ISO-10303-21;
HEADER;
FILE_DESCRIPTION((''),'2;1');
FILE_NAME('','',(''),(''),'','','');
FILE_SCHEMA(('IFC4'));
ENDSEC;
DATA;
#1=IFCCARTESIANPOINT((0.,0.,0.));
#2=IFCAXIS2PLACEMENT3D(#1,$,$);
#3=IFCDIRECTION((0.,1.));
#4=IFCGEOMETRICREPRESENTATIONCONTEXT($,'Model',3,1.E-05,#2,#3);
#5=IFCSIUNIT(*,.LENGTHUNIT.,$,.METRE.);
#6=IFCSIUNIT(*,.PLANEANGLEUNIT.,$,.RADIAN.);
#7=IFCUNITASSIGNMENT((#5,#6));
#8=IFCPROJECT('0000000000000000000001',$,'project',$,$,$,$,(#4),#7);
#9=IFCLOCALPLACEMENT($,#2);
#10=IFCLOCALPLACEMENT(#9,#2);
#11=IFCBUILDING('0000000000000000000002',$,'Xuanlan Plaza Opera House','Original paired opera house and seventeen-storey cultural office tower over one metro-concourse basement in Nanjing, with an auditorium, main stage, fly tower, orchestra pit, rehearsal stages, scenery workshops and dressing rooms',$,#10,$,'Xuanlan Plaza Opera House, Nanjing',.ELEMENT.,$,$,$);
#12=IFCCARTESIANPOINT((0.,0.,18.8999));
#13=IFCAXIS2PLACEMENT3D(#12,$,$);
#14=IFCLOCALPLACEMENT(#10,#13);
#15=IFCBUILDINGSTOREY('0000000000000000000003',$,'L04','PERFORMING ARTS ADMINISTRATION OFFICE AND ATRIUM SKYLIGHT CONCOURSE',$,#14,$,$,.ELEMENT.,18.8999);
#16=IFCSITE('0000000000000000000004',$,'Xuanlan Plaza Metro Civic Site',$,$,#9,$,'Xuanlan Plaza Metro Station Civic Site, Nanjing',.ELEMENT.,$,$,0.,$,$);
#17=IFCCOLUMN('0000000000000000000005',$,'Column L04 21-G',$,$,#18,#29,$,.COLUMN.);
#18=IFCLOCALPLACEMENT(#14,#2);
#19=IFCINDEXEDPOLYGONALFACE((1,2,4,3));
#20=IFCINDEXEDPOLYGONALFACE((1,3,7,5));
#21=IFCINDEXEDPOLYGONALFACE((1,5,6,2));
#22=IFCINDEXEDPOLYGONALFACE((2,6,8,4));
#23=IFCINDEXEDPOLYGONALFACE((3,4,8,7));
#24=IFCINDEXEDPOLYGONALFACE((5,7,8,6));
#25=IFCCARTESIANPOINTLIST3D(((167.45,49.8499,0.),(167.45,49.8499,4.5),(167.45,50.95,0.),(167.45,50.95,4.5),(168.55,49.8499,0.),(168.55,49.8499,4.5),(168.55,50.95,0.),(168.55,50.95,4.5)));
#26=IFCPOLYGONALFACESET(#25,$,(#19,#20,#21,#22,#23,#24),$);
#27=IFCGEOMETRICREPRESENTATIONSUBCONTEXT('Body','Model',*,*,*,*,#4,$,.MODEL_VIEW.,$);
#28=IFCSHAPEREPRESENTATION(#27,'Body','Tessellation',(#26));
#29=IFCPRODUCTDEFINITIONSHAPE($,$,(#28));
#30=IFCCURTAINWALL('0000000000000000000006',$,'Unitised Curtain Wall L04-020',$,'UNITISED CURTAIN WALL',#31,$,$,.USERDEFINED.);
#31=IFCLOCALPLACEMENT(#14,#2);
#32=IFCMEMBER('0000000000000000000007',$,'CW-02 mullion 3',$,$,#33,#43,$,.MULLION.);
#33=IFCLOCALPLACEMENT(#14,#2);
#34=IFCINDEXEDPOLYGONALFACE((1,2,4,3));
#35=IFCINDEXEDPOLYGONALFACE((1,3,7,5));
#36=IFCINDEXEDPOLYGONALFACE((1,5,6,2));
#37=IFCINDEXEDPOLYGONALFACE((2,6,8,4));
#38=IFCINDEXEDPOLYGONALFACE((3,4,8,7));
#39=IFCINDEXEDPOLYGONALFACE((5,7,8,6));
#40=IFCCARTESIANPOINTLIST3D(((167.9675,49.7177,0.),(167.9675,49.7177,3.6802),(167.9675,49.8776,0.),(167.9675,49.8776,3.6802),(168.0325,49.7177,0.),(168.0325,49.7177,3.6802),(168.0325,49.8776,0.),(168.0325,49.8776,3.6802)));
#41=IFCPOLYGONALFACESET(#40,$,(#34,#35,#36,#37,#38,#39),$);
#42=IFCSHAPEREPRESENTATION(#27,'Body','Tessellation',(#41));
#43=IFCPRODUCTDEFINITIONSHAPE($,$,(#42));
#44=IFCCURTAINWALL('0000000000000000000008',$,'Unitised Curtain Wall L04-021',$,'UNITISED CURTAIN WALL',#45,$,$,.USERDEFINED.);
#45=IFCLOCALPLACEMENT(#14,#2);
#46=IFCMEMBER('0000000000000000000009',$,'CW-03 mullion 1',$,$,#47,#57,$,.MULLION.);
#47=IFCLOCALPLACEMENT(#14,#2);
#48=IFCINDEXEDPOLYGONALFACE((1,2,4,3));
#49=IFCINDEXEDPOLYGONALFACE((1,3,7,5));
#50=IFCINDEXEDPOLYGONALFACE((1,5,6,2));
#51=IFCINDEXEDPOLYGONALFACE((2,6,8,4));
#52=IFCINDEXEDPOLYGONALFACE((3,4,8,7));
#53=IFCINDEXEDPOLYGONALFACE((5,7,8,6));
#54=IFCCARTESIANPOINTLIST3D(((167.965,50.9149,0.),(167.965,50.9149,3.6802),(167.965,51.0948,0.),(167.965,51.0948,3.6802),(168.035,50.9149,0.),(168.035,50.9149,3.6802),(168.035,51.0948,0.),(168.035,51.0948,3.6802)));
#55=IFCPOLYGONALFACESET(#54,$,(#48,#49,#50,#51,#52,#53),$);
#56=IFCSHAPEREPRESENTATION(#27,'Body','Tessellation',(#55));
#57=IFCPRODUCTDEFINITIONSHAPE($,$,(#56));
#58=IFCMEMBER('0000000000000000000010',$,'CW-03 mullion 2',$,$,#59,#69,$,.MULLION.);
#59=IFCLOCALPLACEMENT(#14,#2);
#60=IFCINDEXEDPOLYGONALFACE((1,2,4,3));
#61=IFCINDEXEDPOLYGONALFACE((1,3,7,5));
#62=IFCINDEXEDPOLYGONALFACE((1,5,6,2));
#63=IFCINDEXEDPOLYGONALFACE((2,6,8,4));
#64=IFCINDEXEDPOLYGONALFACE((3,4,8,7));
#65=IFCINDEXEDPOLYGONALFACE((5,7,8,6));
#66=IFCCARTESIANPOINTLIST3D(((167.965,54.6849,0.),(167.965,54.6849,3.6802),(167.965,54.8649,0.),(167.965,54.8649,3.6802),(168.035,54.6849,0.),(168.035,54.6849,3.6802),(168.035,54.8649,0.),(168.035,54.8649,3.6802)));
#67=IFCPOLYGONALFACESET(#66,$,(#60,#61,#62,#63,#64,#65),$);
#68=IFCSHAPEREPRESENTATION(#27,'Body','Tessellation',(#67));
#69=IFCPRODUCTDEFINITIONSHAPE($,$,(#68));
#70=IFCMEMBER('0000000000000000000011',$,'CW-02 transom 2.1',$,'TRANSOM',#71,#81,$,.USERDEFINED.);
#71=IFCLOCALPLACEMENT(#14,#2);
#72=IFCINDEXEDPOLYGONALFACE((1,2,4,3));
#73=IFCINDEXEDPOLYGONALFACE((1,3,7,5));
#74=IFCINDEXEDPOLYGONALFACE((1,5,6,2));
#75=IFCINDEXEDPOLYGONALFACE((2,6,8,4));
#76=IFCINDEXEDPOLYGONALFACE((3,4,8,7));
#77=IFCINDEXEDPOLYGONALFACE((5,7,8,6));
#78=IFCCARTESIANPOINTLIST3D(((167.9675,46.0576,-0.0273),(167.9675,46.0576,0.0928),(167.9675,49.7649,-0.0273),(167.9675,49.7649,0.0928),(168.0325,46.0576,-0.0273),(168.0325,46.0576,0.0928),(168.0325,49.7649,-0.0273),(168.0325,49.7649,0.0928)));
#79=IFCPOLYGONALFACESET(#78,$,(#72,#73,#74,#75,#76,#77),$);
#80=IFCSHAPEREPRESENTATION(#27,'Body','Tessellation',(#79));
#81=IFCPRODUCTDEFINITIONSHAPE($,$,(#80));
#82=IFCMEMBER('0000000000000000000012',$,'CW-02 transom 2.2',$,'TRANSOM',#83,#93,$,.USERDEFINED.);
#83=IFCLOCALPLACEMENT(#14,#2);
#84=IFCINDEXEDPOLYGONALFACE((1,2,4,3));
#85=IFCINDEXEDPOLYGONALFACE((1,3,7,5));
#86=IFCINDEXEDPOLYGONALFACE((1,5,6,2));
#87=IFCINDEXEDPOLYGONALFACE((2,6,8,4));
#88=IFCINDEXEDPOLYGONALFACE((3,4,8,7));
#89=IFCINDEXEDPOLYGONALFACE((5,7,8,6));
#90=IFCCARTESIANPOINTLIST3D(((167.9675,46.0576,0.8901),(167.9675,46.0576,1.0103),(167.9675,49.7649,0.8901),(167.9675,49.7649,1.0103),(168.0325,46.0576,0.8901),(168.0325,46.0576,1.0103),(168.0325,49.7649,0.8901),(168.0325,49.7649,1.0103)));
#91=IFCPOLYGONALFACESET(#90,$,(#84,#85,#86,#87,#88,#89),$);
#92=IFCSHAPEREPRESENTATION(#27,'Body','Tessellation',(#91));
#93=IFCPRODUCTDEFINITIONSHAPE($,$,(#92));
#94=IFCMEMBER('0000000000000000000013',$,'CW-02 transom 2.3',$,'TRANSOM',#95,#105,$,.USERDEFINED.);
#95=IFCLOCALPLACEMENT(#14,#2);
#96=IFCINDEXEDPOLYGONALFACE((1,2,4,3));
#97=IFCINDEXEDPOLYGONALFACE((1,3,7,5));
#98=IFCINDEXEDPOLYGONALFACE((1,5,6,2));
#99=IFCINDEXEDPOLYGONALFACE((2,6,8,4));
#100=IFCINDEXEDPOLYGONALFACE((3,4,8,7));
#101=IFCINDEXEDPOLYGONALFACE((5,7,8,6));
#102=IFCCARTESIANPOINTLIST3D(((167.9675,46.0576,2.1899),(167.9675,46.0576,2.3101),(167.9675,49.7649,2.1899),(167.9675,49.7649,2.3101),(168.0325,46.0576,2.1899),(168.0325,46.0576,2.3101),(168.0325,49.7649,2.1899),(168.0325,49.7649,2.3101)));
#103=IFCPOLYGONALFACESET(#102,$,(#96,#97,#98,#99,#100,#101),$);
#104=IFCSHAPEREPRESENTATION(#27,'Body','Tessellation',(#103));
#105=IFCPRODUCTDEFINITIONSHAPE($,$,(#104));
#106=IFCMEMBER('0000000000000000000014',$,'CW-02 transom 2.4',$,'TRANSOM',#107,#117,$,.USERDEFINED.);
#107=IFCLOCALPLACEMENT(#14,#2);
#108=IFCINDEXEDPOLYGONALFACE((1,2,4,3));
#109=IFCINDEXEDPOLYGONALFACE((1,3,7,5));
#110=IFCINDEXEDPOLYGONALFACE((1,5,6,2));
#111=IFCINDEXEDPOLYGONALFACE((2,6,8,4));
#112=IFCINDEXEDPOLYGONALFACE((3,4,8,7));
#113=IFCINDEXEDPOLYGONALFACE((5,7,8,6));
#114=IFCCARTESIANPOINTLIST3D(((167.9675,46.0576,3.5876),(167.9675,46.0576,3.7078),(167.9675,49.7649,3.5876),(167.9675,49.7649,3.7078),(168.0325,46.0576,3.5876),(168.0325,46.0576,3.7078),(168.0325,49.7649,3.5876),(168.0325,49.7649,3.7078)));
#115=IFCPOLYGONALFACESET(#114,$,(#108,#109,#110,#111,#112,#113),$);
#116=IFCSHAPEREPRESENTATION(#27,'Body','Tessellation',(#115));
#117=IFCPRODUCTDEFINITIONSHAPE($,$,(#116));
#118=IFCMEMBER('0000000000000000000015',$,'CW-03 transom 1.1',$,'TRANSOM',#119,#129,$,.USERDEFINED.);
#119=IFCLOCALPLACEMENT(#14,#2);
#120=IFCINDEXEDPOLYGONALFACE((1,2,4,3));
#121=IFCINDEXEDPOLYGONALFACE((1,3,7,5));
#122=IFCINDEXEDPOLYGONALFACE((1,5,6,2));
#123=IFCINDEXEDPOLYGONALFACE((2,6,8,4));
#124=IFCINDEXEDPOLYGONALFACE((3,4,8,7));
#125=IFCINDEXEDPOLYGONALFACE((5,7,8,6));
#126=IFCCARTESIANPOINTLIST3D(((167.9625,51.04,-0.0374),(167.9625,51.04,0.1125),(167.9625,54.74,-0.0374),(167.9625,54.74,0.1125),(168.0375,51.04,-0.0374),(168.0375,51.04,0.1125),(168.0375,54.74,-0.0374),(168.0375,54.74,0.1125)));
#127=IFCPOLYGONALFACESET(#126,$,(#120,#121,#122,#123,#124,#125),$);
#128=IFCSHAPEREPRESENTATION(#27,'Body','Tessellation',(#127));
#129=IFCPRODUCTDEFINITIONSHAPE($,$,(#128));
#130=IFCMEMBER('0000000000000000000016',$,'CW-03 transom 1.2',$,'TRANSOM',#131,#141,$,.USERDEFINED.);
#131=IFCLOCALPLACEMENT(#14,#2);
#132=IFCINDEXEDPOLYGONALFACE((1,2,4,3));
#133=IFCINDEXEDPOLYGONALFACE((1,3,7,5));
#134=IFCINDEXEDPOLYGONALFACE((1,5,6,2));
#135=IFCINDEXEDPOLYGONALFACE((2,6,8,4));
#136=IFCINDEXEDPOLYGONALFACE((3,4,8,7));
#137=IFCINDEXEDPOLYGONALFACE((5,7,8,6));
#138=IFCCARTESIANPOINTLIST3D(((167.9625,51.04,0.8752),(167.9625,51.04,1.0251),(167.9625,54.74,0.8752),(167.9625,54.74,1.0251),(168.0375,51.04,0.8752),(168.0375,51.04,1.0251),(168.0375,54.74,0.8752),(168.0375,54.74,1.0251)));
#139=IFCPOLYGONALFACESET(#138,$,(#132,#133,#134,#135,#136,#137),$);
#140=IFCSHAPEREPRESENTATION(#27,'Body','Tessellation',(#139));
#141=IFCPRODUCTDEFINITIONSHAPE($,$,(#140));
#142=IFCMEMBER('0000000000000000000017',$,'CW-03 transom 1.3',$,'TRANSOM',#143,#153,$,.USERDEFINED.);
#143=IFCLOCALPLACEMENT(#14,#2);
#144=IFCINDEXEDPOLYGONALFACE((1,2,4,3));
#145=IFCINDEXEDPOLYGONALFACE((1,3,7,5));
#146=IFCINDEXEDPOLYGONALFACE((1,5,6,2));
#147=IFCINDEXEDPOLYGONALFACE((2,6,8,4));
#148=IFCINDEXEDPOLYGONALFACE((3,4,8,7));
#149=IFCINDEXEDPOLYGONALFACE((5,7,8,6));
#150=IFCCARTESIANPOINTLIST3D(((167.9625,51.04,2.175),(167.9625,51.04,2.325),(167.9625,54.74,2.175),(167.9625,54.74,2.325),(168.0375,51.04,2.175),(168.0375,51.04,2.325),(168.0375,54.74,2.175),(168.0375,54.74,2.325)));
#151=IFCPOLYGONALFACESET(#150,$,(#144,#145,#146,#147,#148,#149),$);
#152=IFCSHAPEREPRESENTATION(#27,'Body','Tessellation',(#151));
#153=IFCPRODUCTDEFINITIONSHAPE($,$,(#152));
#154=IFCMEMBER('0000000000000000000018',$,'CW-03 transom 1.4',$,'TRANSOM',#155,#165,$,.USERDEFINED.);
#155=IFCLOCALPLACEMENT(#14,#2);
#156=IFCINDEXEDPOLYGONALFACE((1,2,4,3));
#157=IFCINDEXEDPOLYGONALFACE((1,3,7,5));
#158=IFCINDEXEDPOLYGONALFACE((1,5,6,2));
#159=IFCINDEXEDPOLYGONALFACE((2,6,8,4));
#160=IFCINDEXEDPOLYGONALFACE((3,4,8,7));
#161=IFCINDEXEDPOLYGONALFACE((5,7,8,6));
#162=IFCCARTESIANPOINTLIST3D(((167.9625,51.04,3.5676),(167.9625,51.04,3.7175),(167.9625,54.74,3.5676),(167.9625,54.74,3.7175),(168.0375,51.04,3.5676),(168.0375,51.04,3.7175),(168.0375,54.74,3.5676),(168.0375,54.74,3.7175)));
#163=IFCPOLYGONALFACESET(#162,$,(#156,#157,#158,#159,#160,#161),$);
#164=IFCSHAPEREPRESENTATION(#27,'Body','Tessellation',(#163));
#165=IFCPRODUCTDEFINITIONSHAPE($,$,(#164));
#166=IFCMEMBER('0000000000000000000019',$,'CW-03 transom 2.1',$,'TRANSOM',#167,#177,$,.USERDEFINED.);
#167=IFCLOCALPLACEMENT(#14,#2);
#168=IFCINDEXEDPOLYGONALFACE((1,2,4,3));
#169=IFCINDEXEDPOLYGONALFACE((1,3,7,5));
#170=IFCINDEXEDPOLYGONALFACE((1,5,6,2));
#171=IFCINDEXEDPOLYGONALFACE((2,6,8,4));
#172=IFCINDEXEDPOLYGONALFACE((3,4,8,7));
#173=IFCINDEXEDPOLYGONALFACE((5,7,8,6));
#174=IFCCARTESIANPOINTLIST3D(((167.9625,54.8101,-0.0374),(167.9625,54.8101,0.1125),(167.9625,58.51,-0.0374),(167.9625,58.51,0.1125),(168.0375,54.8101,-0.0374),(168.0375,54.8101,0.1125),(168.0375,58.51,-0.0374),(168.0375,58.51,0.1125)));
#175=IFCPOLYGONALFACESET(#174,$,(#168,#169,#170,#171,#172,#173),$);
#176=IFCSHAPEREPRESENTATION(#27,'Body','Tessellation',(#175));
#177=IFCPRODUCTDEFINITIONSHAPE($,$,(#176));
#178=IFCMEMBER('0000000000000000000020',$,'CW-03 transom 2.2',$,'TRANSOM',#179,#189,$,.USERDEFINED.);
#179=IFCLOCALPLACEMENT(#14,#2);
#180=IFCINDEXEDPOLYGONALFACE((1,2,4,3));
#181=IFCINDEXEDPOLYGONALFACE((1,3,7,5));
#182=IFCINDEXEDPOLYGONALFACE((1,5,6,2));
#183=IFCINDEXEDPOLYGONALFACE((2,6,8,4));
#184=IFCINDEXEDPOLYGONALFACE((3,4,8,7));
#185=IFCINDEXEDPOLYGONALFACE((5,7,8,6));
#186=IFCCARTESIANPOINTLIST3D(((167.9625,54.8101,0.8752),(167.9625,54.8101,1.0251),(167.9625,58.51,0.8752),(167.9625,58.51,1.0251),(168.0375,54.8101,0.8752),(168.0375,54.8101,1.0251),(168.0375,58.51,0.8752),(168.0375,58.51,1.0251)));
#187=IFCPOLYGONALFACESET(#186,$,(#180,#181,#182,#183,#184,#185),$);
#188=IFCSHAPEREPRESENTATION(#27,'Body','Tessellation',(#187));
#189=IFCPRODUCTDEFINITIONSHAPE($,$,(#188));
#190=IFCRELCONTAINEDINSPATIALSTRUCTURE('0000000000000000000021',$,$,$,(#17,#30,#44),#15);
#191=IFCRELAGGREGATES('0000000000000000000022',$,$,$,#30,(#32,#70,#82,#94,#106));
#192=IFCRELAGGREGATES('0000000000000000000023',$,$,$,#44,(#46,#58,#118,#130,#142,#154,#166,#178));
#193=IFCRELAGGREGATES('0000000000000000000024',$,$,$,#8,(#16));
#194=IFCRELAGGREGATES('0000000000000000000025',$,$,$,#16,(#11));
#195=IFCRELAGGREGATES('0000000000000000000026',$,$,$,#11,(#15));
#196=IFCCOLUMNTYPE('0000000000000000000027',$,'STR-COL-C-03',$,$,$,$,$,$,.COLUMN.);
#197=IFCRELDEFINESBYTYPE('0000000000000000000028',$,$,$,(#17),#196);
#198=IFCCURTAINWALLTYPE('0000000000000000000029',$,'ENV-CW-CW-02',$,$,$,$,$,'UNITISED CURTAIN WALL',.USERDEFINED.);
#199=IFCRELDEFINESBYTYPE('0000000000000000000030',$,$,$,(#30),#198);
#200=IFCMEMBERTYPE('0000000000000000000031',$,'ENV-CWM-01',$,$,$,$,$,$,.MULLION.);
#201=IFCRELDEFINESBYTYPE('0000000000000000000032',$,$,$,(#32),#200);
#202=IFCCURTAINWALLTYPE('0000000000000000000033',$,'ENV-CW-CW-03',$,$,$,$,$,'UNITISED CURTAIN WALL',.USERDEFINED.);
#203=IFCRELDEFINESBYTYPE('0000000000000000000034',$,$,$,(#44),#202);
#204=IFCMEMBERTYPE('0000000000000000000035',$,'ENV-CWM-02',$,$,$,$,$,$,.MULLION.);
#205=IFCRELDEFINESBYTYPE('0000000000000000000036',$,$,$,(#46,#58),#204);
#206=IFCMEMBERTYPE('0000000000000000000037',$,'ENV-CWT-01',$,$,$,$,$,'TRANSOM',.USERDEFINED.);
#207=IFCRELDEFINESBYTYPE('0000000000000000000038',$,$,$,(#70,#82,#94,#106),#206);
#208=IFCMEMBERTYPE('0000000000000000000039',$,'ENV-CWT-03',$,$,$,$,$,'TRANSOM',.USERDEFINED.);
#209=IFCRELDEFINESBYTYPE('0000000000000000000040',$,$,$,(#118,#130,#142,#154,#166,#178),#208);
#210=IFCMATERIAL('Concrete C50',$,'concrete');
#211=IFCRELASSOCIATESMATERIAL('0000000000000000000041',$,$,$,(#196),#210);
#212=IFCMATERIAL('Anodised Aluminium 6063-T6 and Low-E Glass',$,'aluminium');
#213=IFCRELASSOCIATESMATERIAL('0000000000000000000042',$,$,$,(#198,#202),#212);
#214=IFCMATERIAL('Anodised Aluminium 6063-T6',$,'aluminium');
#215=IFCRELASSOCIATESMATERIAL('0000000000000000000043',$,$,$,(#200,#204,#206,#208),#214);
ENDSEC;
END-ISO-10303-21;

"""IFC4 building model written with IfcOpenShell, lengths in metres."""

from ifc_helpers import new_model, si_unit, direction, frame, origin, origin_2d, place, context, subcontext, project, spatial, rectangle, extrude, material, material_profile, profile_set, type_object, element, aggregate, save


model = new_model("IFC4")

# Units and contexts
model_context = context("Model", 3, precision=1e-05, world=origin(), true_north=direction((0.0, 1.0)))
body_context = subcontext(model_context, "Body", "Model", "MODEL_VIEW")
ifc_project = project(units=[si_unit("LENGTHUNIT", "METRE"), si_unit("PLANEANGLEUNIT", "RADIAN")], contexts=[model_context])

# Site, building, storey
site_placement = place(None, origin())
site = spatial("IfcSite", under=ifc_project, at=site_placement, Name="Xuanlan Plaza Metro Civic Site", LongName="Xuanlan Plaza Metro Station Civic Site, Nanjing", CompositionType="ELEMENT", RefElevation=0.0)
building_placement = place(site_placement, origin())
building = spatial("IfcBuilding", under=site, at=building_placement, Name="Xuanlan Plaza Opera House", Description="Original paired opera house and seventeen-storey cultural office tower over one metro-concourse basement in Nanjing, with an auditorium, main stage, fly tower, orchestra pit, rehearsal stages, scenery workshops and dressing rooms", LongName="Xuanlan Plaza Opera House, Nanjing", CompositionType="ELEMENT")
storey_placement = place(building_placement, frame((0.0, 0.0, 18.8999)))
storey = spatial("IfcBuildingStorey", under=building, at=storey_placement, Name="L04", Description="PERFORMING ARTS ADMINISTRATION OFFICE AND ATRIUM SKYLIGHT CONCOURSE", CompositionType="ELEMENT", Elevation=18.8999)

# Column
ifc_material_1 = material(Name="Concrete C50", Category="concrete")
ifc_material_profile_1 = material_profile(ifc_material_1, rectangle(XDim=1.1001, YDim=1.1001, at=origin_2d()), Name="RC-COL 1100x1100")
ifc_profile_set_1 = profile_set([ifc_material_profile_1], Name="Concrete C50")
column_type = type_object("IfcColumnType", Name="STR-COL-C-03", PredefinedType="COLUMN", material=ifc_profile_set_1)
column_placement = place(storey_placement, frame((168.0, 50.3999, 0.0), z_axis=(0.0, 0.0, 1.0), x_axis=(1.0, 0.0, 0.0)))
element("IfcColumn", 1, at=column_placement, inside=storey, type_object=column_type, Name="Column L04 21-G", PredefinedType="COLUMN", context=body_context, shape_type="SweptSolid", body=[
    extrude(rectangle(XDim=1.1001, YDim=1.1001, at=origin_2d()), origin(), (0.0, 0.0, 1.0), 4.5),
])

# Curtain wall, member
ifc_material_2 = material(Name="Anodised Aluminium 6063-T6 and Low-E Glass", Category="aluminium")
curtain_wall_type_1 = type_object("IfcCurtainWallType", Name="ENV-CW-CW-02", ElementType="UNITISED CURTAIN WALL", PredefinedType="USERDEFINED", material=ifc_material_2)
curtain_wall_1_placement = place(storey_placement, origin())
curtain_wall_1 = element("IfcCurtainWall", 2, at=curtain_wall_1_placement, inside=storey, type_object=curtain_wall_type_1, Name="Unitised Curtain Wall L04-020", ObjectType="UNITISED CURTAIN WALL", PredefinedType="USERDEFINED")
ifc_material_3 = material(Name="Anodised Aluminium 6063-T6", Category="aluminium")
ifc_material_profile_2 = material_profile(ifc_material_3, rectangle(XDim=0.0649, YDim=0.1599, at=origin_2d()), Name="ALU-M 65x160")
ifc_profile_set_2 = profile_set([ifc_material_profile_2], Name="Anodised Aluminium 6063-T6")
member_type_1 = type_object("IfcMemberType", Name="ENV-CWM-01", PredefinedType="MULLION", material=ifc_profile_set_2)
member_1_placement = place(storey_placement, frame((168.0, 49.7976, 0.0), z_axis=(0.0, 0.0, 1.0), x_axis=(-1.0, 0.0, 0.0)))
member_1 = element("IfcMember", 3, at=member_1_placement, type_object=member_type_1, Name="CW-02 mullion 3", PredefinedType="MULLION", context=body_context, shape_type="SweptSolid", body=[
    extrude(rectangle(XDim=0.0649, YDim=0.1599, at=origin_2d()), origin(), (0.0, 0.0, 1.0), 3.6802),
])

# Curtain wall, members
curtain_wall_type_2 = type_object("IfcCurtainWallType", Name="ENV-CW-CW-03", ElementType="UNITISED CURTAIN WALL", PredefinedType="USERDEFINED", material=ifc_material_2)
curtain_wall_2_placement = place(storey_placement, origin())
curtain_wall_2 = element("IfcCurtainWall", 4, at=curtain_wall_2_placement, inside=storey, type_object=curtain_wall_type_2, Name="Unitised Curtain Wall L04-021", ObjectType="UNITISED CURTAIN WALL", PredefinedType="USERDEFINED")
ifc_material_profile_3 = material_profile(ifc_material_3, rectangle(XDim=0.0701, YDim=0.1799, at=origin_2d()), Name="ALU-M 70x180")
ifc_profile_set_3 = profile_set([ifc_material_profile_3], Name="Anodised Aluminium 6063-T6")
member_type_2 = type_object("IfcMemberType", Name="ENV-CWM-02", PredefinedType="MULLION", material=ifc_profile_set_3)
member_2_placement = place(storey_placement, frame((168.0, 51.0049, 0.0), z_axis=(0.0, 0.0, 1.0), x_axis=(-1.0, 0.0, 0.0)))
member_2 = element("IfcMember", 5, at=member_2_placement, type_object=member_type_2, Name="CW-03 mullion 1", PredefinedType="MULLION", context=body_context, shape_type="SweptSolid", body=[
    extrude(rectangle(XDim=0.0701, YDim=0.1799, at=origin_2d()), origin(), (0.0, 0.0, 1.0), 3.6802),
])
member_3_placement = place(storey_placement, frame((168.0, 54.7749, 0.0), z_axis=(0.0, 0.0, 1.0), x_axis=(-1.0, 0.0, 0.0)))
member_3 = element("IfcMember", 6, at=member_3_placement, type_object=member_type_2, Name="CW-03 mullion 2", PredefinedType="MULLION", context=body_context, shape_type="SweptSolid", body=[
    extrude(rectangle(XDim=0.0701, YDim=0.1799, at=origin_2d()), origin(), (0.0, 0.0, 1.0), 3.6802),
])

# Members
ifc_material_profile_4 = material_profile(ifc_material_3, rectangle(XDim=0.0649, YDim=0.1201, at=origin_2d()), Name="ALU-T 65x120")
ifc_profile_set_4 = profile_set([ifc_material_profile_4], Name="Anodised Aluminium 6063-T6")
member_type_3 = type_object("IfcMemberType", Name="ENV-CWT-01", ElementType="TRANSOM", PredefinedType="USERDEFINED", material=ifc_profile_set_4)
member_4_placement = place(storey_placement, frame((168.0, 46.0576, 0.0327), z_axis=(0.0, 1.0, 0.0), x_axis=(-1.0, 0.0, 0.0)))
member_4 = element("IfcMember", 7, at=member_4_placement, type_object=member_type_3, Name="CW-02 transom 2.1", ObjectType="TRANSOM", PredefinedType="USERDEFINED", context=body_context, shape_type="SweptSolid", body=[
    extrude(rectangle(XDim=0.0649, YDim=0.1201, at=origin_2d()), origin(), (0.0, 0.0, 1.0), 3.7073),
])
member_5_placement = place(storey_placement, frame((168.0, 46.0576, 0.9502), z_axis=(0.0, 1.0, 0.0), x_axis=(-1.0, 0.0, 0.0)))
member_5 = element("IfcMember", 8, at=member_5_placement, type_object=member_type_3, Name="CW-02 transom 2.2", ObjectType="TRANSOM", PredefinedType="USERDEFINED", context=body_context, shape_type="SweptSolid", body=[
    extrude(rectangle(XDim=0.0649, YDim=0.1201, at=origin_2d()), origin(), (0.0, 0.0, 1.0), 3.7073),
])
member_6_placement = place(storey_placement, frame((168.0, 46.0576, 2.25), z_axis=(0.0, 1.0, 0.0), x_axis=(-1.0, 0.0, 0.0)))
member_6 = element("IfcMember", 9, at=member_6_placement, type_object=member_type_3, Name="CW-02 transom 2.3", ObjectType="TRANSOM", PredefinedType="USERDEFINED", context=body_context, shape_type="SweptSolid", body=[
    extrude(rectangle(XDim=0.0649, YDim=0.1201, at=origin_2d()), origin(), (0.0, 0.0, 1.0), 3.7073),
])
member_7_placement = place(storey_placement, frame((168.0, 46.0576, 3.6477), z_axis=(0.0, 1.0, 0.0), x_axis=(-1.0, 0.0, 0.0)))
member_7 = element("IfcMember", 10, at=member_7_placement, type_object=member_type_3, Name="CW-02 transom 2.4", ObjectType="TRANSOM", PredefinedType="USERDEFINED", context=body_context, shape_type="SweptSolid", body=[
    extrude(rectangle(XDim=0.0649, YDim=0.1201, at=origin_2d()), origin(), (0.0, 0.0, 1.0), 3.7073),
])
ifc_material_profile_5 = material_profile(ifc_material_3, rectangle(XDim=0.075, YDim=0.1499, at=origin_2d()), Name="ALU-T 75x150")
ifc_profile_set_5 = profile_set([ifc_material_profile_5], Name="Anodised Aluminium 6063-T6")
member_type_4 = type_object("IfcMemberType", Name="ENV-CWT-03", ElementType="TRANSOM", PredefinedType="USERDEFINED", material=ifc_profile_set_5)
member_8_placement = place(storey_placement, frame((168.0, 51.04, 0.0376), z_axis=(0.0, 1.0, 0.0), x_axis=(-1.0, 0.0, 0.0)))
member_8 = element("IfcMember", 11, at=member_8_placement, type_object=member_type_4, Name="CW-03 transom 1.1", ObjectType="TRANSOM", PredefinedType="USERDEFINED", context=body_context, shape_type="SweptSolid", body=[
    extrude(rectangle(XDim=0.075, YDim=0.1499, at=origin_2d()), origin(), (0.0, 0.0, 1.0), 3.7),
])
member_9_placement = place(storey_placement, frame((168.0, 51.04, 0.9502), z_axis=(0.0, 1.0, 0.0), x_axis=(-1.0, 0.0, 0.0)))
member_9 = element("IfcMember", 12, at=member_9_placement, type_object=member_type_4, Name="CW-03 transom 1.2", ObjectType="TRANSOM", PredefinedType="USERDEFINED", context=body_context, shape_type="SweptSolid", body=[
    extrude(rectangle(XDim=0.075, YDim=0.1499, at=origin_2d()), origin(), (0.0, 0.0, 1.0), 3.7),
])
member_10_placement = place(storey_placement, frame((168.0, 51.04, 2.25), z_axis=(0.0, 1.0, 0.0), x_axis=(-1.0, 0.0, 0.0)))
member_10 = element("IfcMember", 13, at=member_10_placement, type_object=member_type_4, Name="CW-03 transom 1.3", ObjectType="TRANSOM", PredefinedType="USERDEFINED", context=body_context, shape_type="SweptSolid", body=[
    extrude(rectangle(XDim=0.075, YDim=0.1499, at=origin_2d()), origin(), (0.0, 0.0, 1.0), 3.7),
])
member_11_placement = place(storey_placement, frame((168.0, 51.04, 3.6426), z_axis=(0.0, 1.0, 0.0), x_axis=(-1.0, 0.0, 0.0)))
member_11 = element("IfcMember", 14, at=member_11_placement, type_object=member_type_4, Name="CW-03 transom 1.4", ObjectType="TRANSOM", PredefinedType="USERDEFINED", context=body_context, shape_type="SweptSolid", body=[
    extrude(rectangle(XDim=0.075, YDim=0.1499, at=origin_2d()), origin(), (0.0, 0.0, 1.0), 3.7),
])
member_12_placement = place(storey_placement, frame((168.0, 54.8101, 0.0376), z_axis=(0.0, 1.0, 0.0), x_axis=(-1.0, 0.0, 0.0)))
member_12 = element("IfcMember", 15, at=member_12_placement, type_object=member_type_4, Name="CW-03 transom 2.1", ObjectType="TRANSOM", PredefinedType="USERDEFINED", context=body_context, shape_type="SweptSolid", body=[
    extrude(rectangle(XDim=0.075, YDim=0.1499, at=origin_2d()), origin(), (0.0, 0.0, 1.0), 3.7),
])
member_13_placement = place(storey_placement, frame((168.0, 54.8101, 0.9502), z_axis=(0.0, 1.0, 0.0), x_axis=(-1.0, 0.0, 0.0)))
member_13 = element("IfcMember", 16, at=member_13_placement, type_object=member_type_4, Name="CW-03 transom 2.2", ObjectType="TRANSOM", PredefinedType="USERDEFINED", context=body_context, shape_type="SweptSolid", body=[
    extrude(rectangle(XDim=0.075, YDim=0.1499, at=origin_2d()), origin(), (0.0, 0.0, 1.0), 3.7),
])

aggregate(curtain_wall_1, [member_1, member_4, member_5, member_6, member_7])
aggregate(curtain_wall_2, [member_2, member_3, member_8, member_9, member_10, member_11, member_12, member_13])

save(model, "model.ifc")
